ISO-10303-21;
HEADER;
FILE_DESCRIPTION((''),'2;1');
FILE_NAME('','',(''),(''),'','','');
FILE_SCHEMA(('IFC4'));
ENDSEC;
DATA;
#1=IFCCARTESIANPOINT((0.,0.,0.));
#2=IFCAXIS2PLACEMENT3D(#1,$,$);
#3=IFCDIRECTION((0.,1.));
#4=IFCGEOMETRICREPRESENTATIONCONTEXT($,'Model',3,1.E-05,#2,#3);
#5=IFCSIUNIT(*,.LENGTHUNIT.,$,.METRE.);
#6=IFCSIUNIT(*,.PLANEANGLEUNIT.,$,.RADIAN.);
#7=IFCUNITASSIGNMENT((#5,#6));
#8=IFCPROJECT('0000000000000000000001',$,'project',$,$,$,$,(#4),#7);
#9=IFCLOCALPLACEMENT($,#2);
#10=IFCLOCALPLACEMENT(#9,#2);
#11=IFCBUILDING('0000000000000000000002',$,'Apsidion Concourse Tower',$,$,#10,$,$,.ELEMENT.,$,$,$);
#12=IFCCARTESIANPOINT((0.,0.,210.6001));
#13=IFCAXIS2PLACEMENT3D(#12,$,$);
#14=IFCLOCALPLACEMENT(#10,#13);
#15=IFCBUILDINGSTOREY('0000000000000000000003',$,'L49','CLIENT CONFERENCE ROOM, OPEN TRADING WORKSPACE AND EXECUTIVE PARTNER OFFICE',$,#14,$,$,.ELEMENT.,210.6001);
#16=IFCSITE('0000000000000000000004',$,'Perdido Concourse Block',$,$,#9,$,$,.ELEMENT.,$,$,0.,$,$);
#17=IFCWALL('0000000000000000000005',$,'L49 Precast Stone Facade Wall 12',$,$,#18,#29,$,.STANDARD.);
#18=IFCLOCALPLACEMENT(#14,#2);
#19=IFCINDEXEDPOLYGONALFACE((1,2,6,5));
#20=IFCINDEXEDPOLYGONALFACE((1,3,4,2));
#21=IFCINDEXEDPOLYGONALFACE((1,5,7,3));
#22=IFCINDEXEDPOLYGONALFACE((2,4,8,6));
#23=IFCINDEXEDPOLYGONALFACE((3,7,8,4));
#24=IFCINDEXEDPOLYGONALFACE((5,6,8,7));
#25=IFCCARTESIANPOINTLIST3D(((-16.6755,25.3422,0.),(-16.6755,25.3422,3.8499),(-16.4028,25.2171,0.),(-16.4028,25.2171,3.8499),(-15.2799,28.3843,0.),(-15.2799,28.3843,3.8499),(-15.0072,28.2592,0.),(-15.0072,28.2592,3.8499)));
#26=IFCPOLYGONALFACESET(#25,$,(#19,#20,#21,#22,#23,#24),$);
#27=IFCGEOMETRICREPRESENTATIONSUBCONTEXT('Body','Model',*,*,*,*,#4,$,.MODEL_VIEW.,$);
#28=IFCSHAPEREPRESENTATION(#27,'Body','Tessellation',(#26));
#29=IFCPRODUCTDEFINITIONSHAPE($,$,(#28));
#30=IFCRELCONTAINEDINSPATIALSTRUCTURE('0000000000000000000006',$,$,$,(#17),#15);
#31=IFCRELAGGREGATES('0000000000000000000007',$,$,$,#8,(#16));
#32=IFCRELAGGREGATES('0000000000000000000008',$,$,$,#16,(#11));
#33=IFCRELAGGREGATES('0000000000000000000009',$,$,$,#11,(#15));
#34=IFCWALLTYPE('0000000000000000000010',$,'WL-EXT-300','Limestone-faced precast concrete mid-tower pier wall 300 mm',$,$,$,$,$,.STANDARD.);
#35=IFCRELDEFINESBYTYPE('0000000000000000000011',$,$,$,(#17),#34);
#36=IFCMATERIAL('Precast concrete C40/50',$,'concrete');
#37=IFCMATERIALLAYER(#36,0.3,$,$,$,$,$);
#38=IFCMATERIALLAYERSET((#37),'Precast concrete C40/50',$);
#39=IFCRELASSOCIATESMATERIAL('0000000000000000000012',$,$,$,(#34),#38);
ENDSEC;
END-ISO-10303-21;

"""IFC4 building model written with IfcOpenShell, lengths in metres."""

from ifc_helpers import new_model, si_unit, direction, frame, frame_2d, origin, place, context, subcontext, project, spatial, rectangle, extrude, material, layer, layer_set, type_object, element, save


model = new_model("IFC4")

# Units and contexts
model_context = context("Model", 3, precision=1e-05, world=origin(), true_north=direction((0.0, 1.0)))
body_context = subcontext(model_context, "Body", "Model", "MODEL_VIEW")
ifc_project = project(units=[si_unit("LENGTHUNIT", "METRE"), si_unit("PLANEANGLEUNIT", "RADIAN")], contexts=[model_context])

# Site, building, storey
site_placement = place(None, origin())
site = spatial("IfcSite", under=ifc_project, at=site_placement, Name="Perdido Concourse Block", CompositionType="ELEMENT", RefElevation=0.0)
building_placement = place(site_placement, origin())
building = spatial("IfcBuilding", under=site, at=building_placement, Name="Apsidion Concourse Tower", CompositionType="ELEMENT")
storey_placement = place(building_placement, frame((0.0, 0.0, 210.6001)))
storey = spatial("IfcBuildingStorey", under=building, at=storey_placement, Name="L49", Description="CLIENT CONFERENCE ROOM, OPEN TRADING WORKSPACE AND EXECUTIVE PARTNER OFFICE", CompositionType="ELEMENT", Elevation=210.6001)

# Shared definitions
ifc_material_1 = material(Name="Precast concrete C40/50", Category="concrete")
ifc_layer = layer(ifc_material_1, 0.3)
ifc_layer_set = layer_set([ifc_layer], Name="Precast concrete C40/50")
wall_type = type_object("IfcWallType", Name="WL-EXT-300", Description="Limestone-faced precast concrete mid-tower pier wall 300 mm", PredefinedType="STANDARD", material=ifc_layer_set)

# Wall
wall_1_placement = place(storey_placement, frame((-16.5391, 25.2798, 0.0), z_axis=(0.0, 0.0, 1.0), x_axis=(0.416966, 0.908922, 0.0)))
element("IfcWall", 1, at=wall_1_placement, inside=storey, type_object=wall_type, Name="L49 Precast Stone Facade Wall 12", PredefinedType="STANDARD", context=body_context, shape_type="SweptSolid", body=[
    extrude(rectangle(XDim=3.3469, YDim=0.3, at=frame_2d((1.6733, 0.0))), origin(), (0.0, 0.0, 1.0), 3.8499),
])

save(model, "model.ifc")
